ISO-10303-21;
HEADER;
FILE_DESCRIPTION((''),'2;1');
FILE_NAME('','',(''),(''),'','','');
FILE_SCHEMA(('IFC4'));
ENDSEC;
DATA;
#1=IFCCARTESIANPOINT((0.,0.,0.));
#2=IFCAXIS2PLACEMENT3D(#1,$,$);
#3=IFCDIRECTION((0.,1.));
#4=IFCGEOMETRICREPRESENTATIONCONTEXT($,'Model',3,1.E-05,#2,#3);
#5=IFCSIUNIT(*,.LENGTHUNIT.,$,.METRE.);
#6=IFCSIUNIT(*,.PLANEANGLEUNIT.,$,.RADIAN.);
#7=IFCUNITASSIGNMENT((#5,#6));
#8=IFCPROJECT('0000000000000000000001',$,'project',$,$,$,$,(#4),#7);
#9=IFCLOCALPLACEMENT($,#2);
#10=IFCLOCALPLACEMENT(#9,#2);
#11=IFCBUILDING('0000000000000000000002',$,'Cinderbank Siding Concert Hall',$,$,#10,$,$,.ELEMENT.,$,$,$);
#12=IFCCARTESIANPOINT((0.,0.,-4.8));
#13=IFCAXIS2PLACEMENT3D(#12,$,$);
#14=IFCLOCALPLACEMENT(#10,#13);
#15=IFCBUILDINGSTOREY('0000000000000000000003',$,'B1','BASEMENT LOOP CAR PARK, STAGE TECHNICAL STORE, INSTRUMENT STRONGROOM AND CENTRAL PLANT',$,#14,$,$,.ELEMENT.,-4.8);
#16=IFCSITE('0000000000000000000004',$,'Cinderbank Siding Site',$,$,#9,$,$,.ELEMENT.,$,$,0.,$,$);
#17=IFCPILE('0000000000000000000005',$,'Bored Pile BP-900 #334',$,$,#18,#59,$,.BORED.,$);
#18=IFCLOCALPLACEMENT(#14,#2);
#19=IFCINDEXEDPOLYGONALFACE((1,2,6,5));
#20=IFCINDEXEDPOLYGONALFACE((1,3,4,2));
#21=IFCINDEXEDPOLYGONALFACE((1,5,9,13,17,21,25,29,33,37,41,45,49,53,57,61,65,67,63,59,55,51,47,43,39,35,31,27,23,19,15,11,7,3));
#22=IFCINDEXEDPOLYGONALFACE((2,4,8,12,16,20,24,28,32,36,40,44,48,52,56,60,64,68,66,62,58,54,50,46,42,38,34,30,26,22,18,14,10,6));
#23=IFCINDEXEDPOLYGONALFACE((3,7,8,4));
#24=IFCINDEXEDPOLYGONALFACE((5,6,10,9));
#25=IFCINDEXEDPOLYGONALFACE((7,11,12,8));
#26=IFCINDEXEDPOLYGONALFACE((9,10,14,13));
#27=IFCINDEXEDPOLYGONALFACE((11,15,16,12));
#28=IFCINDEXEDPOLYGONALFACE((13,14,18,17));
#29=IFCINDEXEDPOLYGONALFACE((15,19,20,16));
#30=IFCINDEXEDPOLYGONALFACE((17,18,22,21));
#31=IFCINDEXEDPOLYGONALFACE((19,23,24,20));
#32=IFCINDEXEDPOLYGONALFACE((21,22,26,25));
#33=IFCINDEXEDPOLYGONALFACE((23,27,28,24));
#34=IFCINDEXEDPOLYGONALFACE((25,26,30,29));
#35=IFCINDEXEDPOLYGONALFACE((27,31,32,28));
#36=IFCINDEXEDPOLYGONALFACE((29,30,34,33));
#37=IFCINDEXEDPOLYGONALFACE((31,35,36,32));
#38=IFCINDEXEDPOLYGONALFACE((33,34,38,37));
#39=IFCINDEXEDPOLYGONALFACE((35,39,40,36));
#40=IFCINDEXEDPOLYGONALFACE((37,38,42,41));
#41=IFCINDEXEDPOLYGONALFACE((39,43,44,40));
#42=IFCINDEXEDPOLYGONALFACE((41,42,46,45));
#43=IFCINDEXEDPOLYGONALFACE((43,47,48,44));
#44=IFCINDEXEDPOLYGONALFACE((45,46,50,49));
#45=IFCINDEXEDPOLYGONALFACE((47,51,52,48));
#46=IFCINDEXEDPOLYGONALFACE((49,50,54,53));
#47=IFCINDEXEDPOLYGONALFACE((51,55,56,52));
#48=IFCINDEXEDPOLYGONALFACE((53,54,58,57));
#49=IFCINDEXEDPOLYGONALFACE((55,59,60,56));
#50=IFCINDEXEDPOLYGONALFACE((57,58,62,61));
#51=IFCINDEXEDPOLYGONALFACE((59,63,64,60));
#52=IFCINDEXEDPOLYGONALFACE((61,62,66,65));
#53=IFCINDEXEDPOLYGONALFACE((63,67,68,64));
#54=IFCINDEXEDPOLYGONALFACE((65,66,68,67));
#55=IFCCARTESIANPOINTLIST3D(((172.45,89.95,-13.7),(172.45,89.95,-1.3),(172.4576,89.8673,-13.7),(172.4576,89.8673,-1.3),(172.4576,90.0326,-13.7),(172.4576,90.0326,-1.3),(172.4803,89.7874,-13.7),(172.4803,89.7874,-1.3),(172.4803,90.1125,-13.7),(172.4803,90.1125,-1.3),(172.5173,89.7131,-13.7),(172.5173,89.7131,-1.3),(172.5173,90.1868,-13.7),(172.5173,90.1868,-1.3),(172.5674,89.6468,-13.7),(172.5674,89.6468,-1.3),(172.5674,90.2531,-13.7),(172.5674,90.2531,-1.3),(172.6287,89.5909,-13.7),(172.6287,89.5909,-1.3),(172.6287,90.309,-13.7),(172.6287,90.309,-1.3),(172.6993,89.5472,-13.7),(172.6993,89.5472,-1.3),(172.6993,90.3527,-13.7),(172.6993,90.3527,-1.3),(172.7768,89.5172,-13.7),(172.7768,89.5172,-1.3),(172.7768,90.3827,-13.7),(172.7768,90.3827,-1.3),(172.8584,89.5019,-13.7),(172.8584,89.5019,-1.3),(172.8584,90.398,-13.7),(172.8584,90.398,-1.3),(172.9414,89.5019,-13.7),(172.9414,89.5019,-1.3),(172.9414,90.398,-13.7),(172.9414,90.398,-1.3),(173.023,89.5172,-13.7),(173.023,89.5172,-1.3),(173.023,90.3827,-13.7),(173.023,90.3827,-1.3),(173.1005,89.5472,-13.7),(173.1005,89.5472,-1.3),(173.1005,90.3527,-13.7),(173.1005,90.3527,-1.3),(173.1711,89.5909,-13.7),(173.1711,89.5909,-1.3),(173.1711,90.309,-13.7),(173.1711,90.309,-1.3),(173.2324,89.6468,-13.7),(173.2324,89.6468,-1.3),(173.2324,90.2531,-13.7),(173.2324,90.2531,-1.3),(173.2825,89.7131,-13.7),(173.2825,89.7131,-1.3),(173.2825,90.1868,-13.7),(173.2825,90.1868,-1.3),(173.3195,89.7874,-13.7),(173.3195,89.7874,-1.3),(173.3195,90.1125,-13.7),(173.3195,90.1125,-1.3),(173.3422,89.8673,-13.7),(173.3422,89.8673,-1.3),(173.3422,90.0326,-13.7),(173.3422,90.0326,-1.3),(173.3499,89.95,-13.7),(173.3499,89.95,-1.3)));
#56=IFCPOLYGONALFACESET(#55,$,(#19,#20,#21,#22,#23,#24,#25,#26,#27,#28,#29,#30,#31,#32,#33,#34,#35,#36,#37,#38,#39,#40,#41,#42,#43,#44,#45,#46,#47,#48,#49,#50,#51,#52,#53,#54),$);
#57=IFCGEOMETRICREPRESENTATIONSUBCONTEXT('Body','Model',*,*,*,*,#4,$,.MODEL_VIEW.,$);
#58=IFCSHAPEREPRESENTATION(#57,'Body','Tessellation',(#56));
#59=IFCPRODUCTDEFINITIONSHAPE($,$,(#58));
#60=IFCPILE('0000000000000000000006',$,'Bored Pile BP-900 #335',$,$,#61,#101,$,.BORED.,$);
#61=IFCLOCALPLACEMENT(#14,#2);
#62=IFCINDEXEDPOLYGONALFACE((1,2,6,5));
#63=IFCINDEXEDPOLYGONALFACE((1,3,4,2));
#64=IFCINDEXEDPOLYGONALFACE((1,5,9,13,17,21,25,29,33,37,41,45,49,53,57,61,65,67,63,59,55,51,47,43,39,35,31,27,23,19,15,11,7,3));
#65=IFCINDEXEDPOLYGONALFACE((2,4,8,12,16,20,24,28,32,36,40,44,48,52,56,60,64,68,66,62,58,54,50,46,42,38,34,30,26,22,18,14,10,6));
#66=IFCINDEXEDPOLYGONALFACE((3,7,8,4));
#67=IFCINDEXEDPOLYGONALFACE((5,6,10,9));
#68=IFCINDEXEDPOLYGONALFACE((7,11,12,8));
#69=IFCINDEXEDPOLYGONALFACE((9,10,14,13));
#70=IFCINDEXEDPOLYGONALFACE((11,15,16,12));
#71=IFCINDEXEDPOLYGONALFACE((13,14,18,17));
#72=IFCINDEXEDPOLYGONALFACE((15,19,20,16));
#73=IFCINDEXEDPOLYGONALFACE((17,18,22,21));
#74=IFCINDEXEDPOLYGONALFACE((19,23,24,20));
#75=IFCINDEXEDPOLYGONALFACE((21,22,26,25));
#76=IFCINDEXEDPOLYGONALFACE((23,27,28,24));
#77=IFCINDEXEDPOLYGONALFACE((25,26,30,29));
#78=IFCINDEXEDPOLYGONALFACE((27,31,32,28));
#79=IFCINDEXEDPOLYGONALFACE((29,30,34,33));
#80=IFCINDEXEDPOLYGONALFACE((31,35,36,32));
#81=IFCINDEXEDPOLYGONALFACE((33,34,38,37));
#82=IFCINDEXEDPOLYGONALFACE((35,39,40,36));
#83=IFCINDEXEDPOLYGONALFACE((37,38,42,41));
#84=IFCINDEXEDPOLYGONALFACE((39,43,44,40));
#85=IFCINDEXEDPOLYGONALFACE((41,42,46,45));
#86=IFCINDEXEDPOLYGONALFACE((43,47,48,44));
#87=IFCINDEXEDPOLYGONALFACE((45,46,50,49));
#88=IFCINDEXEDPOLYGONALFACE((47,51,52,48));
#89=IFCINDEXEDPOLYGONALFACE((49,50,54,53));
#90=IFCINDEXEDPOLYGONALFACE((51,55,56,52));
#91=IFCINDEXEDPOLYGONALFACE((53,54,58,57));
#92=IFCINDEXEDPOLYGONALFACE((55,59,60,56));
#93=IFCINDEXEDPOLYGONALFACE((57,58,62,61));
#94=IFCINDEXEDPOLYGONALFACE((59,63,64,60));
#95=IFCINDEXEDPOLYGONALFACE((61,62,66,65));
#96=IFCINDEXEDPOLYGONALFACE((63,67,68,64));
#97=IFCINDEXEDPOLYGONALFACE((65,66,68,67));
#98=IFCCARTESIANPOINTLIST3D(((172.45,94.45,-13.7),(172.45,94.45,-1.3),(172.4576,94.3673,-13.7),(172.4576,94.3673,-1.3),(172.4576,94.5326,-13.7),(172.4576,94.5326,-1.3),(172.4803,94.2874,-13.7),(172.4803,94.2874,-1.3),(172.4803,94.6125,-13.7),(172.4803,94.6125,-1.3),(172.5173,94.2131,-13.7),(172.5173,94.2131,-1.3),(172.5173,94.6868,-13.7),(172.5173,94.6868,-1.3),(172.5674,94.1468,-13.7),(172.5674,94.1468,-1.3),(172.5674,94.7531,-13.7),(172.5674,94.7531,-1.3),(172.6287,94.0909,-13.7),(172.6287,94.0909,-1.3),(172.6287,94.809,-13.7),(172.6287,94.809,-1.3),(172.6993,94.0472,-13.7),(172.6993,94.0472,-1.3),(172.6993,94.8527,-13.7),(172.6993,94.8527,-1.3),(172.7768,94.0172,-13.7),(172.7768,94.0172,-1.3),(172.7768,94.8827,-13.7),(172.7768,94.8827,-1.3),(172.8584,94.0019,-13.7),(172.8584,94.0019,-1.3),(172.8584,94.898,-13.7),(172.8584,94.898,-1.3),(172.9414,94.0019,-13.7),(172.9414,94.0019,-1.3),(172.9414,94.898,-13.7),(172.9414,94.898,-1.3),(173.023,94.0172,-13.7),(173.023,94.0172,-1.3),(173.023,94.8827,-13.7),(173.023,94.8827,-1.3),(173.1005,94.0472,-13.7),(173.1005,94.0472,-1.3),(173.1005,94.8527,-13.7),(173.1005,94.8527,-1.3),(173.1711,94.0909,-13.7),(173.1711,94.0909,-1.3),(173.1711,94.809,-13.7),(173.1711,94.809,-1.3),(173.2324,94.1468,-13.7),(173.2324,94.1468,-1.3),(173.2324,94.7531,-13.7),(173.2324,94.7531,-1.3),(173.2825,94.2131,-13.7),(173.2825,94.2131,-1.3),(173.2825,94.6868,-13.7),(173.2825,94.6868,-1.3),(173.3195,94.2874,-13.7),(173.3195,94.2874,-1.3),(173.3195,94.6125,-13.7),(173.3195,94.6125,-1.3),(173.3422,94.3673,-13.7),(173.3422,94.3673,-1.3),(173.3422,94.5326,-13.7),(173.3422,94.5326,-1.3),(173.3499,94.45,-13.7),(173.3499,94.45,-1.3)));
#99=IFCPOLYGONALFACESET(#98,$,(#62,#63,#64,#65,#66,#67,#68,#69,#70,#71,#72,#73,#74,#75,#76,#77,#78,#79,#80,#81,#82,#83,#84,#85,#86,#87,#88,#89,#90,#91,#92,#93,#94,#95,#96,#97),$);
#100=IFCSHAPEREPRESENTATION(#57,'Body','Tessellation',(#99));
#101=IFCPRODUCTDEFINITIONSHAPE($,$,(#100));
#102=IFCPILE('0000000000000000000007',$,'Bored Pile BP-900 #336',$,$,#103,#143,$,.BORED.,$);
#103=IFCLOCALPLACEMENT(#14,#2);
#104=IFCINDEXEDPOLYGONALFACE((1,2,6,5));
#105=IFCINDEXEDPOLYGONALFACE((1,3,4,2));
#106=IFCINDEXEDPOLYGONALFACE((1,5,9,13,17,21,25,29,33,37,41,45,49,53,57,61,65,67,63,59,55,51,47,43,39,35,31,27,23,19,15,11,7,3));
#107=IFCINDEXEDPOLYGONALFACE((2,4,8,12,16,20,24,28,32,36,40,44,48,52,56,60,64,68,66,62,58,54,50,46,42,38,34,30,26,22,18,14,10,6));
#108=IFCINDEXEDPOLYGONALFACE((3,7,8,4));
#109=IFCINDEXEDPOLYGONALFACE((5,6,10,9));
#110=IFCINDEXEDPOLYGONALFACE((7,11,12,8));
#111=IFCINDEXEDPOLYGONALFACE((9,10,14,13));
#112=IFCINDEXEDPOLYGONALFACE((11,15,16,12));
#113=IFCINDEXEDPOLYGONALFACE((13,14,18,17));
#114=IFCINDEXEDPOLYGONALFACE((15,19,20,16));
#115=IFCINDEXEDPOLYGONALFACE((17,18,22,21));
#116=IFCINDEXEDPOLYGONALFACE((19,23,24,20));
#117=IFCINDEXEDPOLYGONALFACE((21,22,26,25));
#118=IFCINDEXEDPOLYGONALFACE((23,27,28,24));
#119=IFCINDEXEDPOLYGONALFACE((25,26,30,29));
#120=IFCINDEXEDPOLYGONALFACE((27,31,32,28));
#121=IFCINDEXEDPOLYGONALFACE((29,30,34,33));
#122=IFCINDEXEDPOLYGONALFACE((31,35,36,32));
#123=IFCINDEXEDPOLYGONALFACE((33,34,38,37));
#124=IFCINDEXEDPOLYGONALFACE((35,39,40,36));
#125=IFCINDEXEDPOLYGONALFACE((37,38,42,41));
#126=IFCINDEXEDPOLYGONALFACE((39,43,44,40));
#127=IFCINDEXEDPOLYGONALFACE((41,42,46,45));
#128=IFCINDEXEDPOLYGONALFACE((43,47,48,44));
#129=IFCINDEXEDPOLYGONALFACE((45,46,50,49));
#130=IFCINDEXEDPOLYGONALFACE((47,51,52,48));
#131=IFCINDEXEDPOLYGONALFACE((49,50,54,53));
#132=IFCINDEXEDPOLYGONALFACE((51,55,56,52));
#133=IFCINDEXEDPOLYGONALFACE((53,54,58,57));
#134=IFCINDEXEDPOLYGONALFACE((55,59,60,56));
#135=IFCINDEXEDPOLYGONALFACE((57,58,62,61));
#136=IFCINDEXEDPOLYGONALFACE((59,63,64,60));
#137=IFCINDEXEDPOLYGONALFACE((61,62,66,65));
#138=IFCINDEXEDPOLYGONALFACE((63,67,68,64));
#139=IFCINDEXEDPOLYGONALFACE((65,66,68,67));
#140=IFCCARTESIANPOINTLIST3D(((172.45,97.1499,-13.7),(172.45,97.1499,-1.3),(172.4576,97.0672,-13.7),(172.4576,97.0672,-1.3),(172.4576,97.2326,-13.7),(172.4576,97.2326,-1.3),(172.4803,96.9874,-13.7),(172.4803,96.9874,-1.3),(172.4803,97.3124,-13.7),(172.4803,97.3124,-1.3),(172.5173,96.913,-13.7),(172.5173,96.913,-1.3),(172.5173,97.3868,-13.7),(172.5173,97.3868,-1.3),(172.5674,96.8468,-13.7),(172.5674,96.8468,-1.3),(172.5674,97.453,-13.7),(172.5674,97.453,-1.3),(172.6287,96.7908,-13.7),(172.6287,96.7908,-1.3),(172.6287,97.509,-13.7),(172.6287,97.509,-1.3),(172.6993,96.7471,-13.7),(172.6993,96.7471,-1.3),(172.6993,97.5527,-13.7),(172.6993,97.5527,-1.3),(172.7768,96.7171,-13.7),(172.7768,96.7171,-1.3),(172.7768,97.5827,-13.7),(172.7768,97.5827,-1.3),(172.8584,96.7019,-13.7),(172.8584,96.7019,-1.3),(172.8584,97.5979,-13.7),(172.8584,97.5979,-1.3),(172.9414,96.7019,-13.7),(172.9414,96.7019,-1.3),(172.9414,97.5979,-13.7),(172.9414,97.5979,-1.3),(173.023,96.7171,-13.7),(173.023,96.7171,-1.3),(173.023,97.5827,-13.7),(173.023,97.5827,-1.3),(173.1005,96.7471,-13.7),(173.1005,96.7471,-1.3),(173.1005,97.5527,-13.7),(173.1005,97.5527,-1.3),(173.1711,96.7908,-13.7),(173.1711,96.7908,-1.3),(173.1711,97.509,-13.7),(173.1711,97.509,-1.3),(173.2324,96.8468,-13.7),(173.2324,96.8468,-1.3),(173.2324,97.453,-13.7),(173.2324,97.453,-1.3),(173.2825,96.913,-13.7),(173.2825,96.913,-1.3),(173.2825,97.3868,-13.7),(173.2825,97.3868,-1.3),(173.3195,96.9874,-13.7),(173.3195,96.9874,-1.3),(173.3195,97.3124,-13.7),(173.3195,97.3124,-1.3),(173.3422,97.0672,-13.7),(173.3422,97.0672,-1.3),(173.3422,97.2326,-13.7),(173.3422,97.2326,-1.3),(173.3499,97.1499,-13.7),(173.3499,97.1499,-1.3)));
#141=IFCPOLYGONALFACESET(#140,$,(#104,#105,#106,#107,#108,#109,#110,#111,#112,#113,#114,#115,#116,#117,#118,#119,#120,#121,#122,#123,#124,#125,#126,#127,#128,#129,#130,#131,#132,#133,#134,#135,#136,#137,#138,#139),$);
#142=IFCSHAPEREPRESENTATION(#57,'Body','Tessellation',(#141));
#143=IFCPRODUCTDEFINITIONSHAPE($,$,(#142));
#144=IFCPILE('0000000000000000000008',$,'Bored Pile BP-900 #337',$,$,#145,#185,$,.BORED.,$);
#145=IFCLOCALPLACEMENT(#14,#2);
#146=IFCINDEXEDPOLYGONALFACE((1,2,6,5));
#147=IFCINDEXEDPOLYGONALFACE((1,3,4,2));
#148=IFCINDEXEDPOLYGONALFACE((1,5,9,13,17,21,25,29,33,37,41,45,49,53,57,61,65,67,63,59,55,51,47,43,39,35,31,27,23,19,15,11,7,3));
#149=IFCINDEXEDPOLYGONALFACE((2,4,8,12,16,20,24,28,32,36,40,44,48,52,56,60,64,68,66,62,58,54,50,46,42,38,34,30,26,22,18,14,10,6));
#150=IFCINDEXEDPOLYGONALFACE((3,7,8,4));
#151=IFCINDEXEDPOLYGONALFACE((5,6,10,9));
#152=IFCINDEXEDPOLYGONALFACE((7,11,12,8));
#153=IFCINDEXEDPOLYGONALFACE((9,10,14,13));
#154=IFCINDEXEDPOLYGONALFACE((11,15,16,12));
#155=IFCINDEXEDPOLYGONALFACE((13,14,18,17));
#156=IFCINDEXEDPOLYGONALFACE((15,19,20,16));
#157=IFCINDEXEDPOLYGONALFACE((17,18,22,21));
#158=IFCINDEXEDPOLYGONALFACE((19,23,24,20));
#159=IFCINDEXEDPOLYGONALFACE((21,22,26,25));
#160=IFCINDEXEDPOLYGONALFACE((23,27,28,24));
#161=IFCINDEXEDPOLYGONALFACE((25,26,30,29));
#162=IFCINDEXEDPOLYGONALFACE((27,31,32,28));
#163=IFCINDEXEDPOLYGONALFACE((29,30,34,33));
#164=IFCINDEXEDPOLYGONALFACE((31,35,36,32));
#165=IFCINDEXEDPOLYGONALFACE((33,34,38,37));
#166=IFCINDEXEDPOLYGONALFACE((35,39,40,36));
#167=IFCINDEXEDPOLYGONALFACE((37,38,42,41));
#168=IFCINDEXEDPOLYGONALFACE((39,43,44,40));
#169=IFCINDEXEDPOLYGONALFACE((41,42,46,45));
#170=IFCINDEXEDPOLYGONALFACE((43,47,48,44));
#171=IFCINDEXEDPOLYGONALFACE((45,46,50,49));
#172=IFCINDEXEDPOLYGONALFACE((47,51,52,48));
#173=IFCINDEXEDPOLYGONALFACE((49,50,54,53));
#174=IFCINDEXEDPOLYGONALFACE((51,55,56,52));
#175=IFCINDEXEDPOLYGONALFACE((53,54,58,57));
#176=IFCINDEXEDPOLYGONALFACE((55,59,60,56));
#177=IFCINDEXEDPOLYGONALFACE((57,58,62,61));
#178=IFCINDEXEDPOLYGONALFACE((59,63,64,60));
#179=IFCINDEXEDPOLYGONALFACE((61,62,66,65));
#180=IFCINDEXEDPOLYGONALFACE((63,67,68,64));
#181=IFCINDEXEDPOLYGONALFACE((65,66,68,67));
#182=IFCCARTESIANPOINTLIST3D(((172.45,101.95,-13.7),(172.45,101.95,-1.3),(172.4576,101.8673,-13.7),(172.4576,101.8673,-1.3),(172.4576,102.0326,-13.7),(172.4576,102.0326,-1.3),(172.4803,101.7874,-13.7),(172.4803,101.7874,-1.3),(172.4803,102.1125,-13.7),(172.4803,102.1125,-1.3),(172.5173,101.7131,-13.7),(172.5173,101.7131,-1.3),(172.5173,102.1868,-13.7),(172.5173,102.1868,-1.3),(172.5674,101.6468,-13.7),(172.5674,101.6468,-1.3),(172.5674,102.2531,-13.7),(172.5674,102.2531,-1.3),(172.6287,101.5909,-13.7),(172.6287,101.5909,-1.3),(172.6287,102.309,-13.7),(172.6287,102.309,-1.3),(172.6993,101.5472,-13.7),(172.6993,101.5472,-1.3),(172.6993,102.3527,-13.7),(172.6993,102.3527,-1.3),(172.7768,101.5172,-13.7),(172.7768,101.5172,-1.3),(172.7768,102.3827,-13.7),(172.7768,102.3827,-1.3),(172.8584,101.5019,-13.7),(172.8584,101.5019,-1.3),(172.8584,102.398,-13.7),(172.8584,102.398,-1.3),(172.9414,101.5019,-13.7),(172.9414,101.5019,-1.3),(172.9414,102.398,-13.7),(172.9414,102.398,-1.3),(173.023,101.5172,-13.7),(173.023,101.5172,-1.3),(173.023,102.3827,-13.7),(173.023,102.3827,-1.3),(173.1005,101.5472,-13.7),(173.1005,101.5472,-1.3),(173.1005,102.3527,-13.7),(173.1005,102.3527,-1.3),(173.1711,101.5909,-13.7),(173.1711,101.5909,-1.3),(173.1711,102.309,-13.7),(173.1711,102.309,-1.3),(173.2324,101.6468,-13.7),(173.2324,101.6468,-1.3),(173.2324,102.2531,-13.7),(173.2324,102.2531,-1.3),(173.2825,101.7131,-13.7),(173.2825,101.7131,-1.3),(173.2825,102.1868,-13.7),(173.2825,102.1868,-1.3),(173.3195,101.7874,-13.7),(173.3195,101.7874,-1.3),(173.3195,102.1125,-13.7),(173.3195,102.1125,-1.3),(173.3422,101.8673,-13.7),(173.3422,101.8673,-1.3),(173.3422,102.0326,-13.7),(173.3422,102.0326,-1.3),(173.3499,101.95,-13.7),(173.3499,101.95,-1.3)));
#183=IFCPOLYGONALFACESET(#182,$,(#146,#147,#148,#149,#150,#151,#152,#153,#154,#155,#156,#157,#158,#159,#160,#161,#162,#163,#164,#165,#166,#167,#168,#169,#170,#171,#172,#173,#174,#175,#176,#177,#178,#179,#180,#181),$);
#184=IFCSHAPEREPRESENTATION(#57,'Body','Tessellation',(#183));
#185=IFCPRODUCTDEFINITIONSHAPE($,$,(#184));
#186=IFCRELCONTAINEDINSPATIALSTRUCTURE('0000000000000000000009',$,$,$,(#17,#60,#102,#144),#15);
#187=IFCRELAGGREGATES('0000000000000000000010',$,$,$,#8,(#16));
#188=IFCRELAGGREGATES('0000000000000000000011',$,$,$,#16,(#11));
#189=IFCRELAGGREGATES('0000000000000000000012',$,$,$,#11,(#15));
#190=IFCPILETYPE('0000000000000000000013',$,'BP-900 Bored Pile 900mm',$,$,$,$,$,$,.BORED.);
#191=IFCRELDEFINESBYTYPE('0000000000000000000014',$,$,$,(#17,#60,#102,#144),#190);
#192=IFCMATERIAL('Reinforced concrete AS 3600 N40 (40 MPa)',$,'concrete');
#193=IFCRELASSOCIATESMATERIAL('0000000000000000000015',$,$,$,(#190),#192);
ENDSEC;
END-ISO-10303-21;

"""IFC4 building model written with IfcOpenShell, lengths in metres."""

from ifc_helpers import new_model, si_unit, direction, frame, origin, origin_2d, place, context, subcontext, project, spatial, circle, extrude, material, material_profile, profile_set, type_object, element, save


model = new_model("IFC4")

# Units and contexts
model_context = context("Model", 3, precision=1e-05, world=origin(), true_north=direction((0.0, 1.0)))
body_context = subcontext(model_context, "Body", "Model", "MODEL_VIEW")
ifc_project = project(units=[si_unit("LENGTHUNIT", "METRE"), si_unit("PLANEANGLEUNIT", "RADIAN")], contexts=[model_context])

# Site, building, storey
site_placement = place(None, origin())
site = spatial("IfcSite", under=ifc_project, at=site_placement, Name="Cinderbank Siding Site", CompositionType="ELEMENT", RefElevation=0.0)
building_placement = place(site_placement, origin())
building = spatial("IfcBuilding", under=site, at=building_placement, Name="Cinderbank Siding Concert Hall", CompositionType="ELEMENT")
storey_placement = place(building_placement, frame((0.0, 0.0, -4.8)))
storey = spatial("IfcBuildingStorey", under=building, at=storey_placement, Name="B1", Description="BASEMENT LOOP CAR PARK, STAGE TECHNICAL STORE, INSTRUMENT STRONGROOM AND CENTRAL PLANT", CompositionType="ELEMENT", Elevation=-4.8)

# Piles
ifc_material_1 = material(Name="Reinforced concrete AS 3600 N40 (40 MPa)", Category="concrete")
ifc_material_profile_1 = material_profile(ifc_material_1, circle(Radius=0.45, at=origin_2d()), Name="PILE-900DIA", Category="LoadBearing")
ifc_profile_set_1 = profile_set([ifc_material_profile_1], Name="Reinforced concrete AS 3600 N40 (40 MPa)")
pile_type = type_object("IfcPileType", Name="BP-900 Bored Pile 900mm", PredefinedType="BORED", material=ifc_profile_set_1)
for number, where, z_axis, x_axis, name in (
    (1, (172.8999, 89.95, -1.3), (0.0, 0.0, -1.0), (1.0, 0.0, 0.0), "Bored Pile BP-900 #334"),
    (2, (172.8999, 94.45, -1.3), (0.0, 0.0, -1.0), (1.0, 0.0, 0.0), "Bored Pile BP-900 #335"),
    (3, (172.8999, 97.1499, -1.3), (0.0, 0.0, -1.0), (1.0, 0.0, 0.0), "Bored Pile BP-900 #336"),
    (4, (172.8999, 101.95, -1.3), (0.0, 0.0, -1.0), (1.0, 0.0, 0.0), "Bored Pile BP-900 #337"),
):
    element("IfcPile", number, at=place(storey_placement, frame(where, z_axis=z_axis, x_axis=x_axis)), inside=storey, type_object=pile_type, Name=name, PredefinedType="BORED", context=body_context, shape_type="SweptSolid", body=[
        extrude(circle(Radius=0.45, at=origin_2d()), origin(), (0.0, 0.0, 1.0), 12.3999),
    ])

save(model, "model.ifc")
